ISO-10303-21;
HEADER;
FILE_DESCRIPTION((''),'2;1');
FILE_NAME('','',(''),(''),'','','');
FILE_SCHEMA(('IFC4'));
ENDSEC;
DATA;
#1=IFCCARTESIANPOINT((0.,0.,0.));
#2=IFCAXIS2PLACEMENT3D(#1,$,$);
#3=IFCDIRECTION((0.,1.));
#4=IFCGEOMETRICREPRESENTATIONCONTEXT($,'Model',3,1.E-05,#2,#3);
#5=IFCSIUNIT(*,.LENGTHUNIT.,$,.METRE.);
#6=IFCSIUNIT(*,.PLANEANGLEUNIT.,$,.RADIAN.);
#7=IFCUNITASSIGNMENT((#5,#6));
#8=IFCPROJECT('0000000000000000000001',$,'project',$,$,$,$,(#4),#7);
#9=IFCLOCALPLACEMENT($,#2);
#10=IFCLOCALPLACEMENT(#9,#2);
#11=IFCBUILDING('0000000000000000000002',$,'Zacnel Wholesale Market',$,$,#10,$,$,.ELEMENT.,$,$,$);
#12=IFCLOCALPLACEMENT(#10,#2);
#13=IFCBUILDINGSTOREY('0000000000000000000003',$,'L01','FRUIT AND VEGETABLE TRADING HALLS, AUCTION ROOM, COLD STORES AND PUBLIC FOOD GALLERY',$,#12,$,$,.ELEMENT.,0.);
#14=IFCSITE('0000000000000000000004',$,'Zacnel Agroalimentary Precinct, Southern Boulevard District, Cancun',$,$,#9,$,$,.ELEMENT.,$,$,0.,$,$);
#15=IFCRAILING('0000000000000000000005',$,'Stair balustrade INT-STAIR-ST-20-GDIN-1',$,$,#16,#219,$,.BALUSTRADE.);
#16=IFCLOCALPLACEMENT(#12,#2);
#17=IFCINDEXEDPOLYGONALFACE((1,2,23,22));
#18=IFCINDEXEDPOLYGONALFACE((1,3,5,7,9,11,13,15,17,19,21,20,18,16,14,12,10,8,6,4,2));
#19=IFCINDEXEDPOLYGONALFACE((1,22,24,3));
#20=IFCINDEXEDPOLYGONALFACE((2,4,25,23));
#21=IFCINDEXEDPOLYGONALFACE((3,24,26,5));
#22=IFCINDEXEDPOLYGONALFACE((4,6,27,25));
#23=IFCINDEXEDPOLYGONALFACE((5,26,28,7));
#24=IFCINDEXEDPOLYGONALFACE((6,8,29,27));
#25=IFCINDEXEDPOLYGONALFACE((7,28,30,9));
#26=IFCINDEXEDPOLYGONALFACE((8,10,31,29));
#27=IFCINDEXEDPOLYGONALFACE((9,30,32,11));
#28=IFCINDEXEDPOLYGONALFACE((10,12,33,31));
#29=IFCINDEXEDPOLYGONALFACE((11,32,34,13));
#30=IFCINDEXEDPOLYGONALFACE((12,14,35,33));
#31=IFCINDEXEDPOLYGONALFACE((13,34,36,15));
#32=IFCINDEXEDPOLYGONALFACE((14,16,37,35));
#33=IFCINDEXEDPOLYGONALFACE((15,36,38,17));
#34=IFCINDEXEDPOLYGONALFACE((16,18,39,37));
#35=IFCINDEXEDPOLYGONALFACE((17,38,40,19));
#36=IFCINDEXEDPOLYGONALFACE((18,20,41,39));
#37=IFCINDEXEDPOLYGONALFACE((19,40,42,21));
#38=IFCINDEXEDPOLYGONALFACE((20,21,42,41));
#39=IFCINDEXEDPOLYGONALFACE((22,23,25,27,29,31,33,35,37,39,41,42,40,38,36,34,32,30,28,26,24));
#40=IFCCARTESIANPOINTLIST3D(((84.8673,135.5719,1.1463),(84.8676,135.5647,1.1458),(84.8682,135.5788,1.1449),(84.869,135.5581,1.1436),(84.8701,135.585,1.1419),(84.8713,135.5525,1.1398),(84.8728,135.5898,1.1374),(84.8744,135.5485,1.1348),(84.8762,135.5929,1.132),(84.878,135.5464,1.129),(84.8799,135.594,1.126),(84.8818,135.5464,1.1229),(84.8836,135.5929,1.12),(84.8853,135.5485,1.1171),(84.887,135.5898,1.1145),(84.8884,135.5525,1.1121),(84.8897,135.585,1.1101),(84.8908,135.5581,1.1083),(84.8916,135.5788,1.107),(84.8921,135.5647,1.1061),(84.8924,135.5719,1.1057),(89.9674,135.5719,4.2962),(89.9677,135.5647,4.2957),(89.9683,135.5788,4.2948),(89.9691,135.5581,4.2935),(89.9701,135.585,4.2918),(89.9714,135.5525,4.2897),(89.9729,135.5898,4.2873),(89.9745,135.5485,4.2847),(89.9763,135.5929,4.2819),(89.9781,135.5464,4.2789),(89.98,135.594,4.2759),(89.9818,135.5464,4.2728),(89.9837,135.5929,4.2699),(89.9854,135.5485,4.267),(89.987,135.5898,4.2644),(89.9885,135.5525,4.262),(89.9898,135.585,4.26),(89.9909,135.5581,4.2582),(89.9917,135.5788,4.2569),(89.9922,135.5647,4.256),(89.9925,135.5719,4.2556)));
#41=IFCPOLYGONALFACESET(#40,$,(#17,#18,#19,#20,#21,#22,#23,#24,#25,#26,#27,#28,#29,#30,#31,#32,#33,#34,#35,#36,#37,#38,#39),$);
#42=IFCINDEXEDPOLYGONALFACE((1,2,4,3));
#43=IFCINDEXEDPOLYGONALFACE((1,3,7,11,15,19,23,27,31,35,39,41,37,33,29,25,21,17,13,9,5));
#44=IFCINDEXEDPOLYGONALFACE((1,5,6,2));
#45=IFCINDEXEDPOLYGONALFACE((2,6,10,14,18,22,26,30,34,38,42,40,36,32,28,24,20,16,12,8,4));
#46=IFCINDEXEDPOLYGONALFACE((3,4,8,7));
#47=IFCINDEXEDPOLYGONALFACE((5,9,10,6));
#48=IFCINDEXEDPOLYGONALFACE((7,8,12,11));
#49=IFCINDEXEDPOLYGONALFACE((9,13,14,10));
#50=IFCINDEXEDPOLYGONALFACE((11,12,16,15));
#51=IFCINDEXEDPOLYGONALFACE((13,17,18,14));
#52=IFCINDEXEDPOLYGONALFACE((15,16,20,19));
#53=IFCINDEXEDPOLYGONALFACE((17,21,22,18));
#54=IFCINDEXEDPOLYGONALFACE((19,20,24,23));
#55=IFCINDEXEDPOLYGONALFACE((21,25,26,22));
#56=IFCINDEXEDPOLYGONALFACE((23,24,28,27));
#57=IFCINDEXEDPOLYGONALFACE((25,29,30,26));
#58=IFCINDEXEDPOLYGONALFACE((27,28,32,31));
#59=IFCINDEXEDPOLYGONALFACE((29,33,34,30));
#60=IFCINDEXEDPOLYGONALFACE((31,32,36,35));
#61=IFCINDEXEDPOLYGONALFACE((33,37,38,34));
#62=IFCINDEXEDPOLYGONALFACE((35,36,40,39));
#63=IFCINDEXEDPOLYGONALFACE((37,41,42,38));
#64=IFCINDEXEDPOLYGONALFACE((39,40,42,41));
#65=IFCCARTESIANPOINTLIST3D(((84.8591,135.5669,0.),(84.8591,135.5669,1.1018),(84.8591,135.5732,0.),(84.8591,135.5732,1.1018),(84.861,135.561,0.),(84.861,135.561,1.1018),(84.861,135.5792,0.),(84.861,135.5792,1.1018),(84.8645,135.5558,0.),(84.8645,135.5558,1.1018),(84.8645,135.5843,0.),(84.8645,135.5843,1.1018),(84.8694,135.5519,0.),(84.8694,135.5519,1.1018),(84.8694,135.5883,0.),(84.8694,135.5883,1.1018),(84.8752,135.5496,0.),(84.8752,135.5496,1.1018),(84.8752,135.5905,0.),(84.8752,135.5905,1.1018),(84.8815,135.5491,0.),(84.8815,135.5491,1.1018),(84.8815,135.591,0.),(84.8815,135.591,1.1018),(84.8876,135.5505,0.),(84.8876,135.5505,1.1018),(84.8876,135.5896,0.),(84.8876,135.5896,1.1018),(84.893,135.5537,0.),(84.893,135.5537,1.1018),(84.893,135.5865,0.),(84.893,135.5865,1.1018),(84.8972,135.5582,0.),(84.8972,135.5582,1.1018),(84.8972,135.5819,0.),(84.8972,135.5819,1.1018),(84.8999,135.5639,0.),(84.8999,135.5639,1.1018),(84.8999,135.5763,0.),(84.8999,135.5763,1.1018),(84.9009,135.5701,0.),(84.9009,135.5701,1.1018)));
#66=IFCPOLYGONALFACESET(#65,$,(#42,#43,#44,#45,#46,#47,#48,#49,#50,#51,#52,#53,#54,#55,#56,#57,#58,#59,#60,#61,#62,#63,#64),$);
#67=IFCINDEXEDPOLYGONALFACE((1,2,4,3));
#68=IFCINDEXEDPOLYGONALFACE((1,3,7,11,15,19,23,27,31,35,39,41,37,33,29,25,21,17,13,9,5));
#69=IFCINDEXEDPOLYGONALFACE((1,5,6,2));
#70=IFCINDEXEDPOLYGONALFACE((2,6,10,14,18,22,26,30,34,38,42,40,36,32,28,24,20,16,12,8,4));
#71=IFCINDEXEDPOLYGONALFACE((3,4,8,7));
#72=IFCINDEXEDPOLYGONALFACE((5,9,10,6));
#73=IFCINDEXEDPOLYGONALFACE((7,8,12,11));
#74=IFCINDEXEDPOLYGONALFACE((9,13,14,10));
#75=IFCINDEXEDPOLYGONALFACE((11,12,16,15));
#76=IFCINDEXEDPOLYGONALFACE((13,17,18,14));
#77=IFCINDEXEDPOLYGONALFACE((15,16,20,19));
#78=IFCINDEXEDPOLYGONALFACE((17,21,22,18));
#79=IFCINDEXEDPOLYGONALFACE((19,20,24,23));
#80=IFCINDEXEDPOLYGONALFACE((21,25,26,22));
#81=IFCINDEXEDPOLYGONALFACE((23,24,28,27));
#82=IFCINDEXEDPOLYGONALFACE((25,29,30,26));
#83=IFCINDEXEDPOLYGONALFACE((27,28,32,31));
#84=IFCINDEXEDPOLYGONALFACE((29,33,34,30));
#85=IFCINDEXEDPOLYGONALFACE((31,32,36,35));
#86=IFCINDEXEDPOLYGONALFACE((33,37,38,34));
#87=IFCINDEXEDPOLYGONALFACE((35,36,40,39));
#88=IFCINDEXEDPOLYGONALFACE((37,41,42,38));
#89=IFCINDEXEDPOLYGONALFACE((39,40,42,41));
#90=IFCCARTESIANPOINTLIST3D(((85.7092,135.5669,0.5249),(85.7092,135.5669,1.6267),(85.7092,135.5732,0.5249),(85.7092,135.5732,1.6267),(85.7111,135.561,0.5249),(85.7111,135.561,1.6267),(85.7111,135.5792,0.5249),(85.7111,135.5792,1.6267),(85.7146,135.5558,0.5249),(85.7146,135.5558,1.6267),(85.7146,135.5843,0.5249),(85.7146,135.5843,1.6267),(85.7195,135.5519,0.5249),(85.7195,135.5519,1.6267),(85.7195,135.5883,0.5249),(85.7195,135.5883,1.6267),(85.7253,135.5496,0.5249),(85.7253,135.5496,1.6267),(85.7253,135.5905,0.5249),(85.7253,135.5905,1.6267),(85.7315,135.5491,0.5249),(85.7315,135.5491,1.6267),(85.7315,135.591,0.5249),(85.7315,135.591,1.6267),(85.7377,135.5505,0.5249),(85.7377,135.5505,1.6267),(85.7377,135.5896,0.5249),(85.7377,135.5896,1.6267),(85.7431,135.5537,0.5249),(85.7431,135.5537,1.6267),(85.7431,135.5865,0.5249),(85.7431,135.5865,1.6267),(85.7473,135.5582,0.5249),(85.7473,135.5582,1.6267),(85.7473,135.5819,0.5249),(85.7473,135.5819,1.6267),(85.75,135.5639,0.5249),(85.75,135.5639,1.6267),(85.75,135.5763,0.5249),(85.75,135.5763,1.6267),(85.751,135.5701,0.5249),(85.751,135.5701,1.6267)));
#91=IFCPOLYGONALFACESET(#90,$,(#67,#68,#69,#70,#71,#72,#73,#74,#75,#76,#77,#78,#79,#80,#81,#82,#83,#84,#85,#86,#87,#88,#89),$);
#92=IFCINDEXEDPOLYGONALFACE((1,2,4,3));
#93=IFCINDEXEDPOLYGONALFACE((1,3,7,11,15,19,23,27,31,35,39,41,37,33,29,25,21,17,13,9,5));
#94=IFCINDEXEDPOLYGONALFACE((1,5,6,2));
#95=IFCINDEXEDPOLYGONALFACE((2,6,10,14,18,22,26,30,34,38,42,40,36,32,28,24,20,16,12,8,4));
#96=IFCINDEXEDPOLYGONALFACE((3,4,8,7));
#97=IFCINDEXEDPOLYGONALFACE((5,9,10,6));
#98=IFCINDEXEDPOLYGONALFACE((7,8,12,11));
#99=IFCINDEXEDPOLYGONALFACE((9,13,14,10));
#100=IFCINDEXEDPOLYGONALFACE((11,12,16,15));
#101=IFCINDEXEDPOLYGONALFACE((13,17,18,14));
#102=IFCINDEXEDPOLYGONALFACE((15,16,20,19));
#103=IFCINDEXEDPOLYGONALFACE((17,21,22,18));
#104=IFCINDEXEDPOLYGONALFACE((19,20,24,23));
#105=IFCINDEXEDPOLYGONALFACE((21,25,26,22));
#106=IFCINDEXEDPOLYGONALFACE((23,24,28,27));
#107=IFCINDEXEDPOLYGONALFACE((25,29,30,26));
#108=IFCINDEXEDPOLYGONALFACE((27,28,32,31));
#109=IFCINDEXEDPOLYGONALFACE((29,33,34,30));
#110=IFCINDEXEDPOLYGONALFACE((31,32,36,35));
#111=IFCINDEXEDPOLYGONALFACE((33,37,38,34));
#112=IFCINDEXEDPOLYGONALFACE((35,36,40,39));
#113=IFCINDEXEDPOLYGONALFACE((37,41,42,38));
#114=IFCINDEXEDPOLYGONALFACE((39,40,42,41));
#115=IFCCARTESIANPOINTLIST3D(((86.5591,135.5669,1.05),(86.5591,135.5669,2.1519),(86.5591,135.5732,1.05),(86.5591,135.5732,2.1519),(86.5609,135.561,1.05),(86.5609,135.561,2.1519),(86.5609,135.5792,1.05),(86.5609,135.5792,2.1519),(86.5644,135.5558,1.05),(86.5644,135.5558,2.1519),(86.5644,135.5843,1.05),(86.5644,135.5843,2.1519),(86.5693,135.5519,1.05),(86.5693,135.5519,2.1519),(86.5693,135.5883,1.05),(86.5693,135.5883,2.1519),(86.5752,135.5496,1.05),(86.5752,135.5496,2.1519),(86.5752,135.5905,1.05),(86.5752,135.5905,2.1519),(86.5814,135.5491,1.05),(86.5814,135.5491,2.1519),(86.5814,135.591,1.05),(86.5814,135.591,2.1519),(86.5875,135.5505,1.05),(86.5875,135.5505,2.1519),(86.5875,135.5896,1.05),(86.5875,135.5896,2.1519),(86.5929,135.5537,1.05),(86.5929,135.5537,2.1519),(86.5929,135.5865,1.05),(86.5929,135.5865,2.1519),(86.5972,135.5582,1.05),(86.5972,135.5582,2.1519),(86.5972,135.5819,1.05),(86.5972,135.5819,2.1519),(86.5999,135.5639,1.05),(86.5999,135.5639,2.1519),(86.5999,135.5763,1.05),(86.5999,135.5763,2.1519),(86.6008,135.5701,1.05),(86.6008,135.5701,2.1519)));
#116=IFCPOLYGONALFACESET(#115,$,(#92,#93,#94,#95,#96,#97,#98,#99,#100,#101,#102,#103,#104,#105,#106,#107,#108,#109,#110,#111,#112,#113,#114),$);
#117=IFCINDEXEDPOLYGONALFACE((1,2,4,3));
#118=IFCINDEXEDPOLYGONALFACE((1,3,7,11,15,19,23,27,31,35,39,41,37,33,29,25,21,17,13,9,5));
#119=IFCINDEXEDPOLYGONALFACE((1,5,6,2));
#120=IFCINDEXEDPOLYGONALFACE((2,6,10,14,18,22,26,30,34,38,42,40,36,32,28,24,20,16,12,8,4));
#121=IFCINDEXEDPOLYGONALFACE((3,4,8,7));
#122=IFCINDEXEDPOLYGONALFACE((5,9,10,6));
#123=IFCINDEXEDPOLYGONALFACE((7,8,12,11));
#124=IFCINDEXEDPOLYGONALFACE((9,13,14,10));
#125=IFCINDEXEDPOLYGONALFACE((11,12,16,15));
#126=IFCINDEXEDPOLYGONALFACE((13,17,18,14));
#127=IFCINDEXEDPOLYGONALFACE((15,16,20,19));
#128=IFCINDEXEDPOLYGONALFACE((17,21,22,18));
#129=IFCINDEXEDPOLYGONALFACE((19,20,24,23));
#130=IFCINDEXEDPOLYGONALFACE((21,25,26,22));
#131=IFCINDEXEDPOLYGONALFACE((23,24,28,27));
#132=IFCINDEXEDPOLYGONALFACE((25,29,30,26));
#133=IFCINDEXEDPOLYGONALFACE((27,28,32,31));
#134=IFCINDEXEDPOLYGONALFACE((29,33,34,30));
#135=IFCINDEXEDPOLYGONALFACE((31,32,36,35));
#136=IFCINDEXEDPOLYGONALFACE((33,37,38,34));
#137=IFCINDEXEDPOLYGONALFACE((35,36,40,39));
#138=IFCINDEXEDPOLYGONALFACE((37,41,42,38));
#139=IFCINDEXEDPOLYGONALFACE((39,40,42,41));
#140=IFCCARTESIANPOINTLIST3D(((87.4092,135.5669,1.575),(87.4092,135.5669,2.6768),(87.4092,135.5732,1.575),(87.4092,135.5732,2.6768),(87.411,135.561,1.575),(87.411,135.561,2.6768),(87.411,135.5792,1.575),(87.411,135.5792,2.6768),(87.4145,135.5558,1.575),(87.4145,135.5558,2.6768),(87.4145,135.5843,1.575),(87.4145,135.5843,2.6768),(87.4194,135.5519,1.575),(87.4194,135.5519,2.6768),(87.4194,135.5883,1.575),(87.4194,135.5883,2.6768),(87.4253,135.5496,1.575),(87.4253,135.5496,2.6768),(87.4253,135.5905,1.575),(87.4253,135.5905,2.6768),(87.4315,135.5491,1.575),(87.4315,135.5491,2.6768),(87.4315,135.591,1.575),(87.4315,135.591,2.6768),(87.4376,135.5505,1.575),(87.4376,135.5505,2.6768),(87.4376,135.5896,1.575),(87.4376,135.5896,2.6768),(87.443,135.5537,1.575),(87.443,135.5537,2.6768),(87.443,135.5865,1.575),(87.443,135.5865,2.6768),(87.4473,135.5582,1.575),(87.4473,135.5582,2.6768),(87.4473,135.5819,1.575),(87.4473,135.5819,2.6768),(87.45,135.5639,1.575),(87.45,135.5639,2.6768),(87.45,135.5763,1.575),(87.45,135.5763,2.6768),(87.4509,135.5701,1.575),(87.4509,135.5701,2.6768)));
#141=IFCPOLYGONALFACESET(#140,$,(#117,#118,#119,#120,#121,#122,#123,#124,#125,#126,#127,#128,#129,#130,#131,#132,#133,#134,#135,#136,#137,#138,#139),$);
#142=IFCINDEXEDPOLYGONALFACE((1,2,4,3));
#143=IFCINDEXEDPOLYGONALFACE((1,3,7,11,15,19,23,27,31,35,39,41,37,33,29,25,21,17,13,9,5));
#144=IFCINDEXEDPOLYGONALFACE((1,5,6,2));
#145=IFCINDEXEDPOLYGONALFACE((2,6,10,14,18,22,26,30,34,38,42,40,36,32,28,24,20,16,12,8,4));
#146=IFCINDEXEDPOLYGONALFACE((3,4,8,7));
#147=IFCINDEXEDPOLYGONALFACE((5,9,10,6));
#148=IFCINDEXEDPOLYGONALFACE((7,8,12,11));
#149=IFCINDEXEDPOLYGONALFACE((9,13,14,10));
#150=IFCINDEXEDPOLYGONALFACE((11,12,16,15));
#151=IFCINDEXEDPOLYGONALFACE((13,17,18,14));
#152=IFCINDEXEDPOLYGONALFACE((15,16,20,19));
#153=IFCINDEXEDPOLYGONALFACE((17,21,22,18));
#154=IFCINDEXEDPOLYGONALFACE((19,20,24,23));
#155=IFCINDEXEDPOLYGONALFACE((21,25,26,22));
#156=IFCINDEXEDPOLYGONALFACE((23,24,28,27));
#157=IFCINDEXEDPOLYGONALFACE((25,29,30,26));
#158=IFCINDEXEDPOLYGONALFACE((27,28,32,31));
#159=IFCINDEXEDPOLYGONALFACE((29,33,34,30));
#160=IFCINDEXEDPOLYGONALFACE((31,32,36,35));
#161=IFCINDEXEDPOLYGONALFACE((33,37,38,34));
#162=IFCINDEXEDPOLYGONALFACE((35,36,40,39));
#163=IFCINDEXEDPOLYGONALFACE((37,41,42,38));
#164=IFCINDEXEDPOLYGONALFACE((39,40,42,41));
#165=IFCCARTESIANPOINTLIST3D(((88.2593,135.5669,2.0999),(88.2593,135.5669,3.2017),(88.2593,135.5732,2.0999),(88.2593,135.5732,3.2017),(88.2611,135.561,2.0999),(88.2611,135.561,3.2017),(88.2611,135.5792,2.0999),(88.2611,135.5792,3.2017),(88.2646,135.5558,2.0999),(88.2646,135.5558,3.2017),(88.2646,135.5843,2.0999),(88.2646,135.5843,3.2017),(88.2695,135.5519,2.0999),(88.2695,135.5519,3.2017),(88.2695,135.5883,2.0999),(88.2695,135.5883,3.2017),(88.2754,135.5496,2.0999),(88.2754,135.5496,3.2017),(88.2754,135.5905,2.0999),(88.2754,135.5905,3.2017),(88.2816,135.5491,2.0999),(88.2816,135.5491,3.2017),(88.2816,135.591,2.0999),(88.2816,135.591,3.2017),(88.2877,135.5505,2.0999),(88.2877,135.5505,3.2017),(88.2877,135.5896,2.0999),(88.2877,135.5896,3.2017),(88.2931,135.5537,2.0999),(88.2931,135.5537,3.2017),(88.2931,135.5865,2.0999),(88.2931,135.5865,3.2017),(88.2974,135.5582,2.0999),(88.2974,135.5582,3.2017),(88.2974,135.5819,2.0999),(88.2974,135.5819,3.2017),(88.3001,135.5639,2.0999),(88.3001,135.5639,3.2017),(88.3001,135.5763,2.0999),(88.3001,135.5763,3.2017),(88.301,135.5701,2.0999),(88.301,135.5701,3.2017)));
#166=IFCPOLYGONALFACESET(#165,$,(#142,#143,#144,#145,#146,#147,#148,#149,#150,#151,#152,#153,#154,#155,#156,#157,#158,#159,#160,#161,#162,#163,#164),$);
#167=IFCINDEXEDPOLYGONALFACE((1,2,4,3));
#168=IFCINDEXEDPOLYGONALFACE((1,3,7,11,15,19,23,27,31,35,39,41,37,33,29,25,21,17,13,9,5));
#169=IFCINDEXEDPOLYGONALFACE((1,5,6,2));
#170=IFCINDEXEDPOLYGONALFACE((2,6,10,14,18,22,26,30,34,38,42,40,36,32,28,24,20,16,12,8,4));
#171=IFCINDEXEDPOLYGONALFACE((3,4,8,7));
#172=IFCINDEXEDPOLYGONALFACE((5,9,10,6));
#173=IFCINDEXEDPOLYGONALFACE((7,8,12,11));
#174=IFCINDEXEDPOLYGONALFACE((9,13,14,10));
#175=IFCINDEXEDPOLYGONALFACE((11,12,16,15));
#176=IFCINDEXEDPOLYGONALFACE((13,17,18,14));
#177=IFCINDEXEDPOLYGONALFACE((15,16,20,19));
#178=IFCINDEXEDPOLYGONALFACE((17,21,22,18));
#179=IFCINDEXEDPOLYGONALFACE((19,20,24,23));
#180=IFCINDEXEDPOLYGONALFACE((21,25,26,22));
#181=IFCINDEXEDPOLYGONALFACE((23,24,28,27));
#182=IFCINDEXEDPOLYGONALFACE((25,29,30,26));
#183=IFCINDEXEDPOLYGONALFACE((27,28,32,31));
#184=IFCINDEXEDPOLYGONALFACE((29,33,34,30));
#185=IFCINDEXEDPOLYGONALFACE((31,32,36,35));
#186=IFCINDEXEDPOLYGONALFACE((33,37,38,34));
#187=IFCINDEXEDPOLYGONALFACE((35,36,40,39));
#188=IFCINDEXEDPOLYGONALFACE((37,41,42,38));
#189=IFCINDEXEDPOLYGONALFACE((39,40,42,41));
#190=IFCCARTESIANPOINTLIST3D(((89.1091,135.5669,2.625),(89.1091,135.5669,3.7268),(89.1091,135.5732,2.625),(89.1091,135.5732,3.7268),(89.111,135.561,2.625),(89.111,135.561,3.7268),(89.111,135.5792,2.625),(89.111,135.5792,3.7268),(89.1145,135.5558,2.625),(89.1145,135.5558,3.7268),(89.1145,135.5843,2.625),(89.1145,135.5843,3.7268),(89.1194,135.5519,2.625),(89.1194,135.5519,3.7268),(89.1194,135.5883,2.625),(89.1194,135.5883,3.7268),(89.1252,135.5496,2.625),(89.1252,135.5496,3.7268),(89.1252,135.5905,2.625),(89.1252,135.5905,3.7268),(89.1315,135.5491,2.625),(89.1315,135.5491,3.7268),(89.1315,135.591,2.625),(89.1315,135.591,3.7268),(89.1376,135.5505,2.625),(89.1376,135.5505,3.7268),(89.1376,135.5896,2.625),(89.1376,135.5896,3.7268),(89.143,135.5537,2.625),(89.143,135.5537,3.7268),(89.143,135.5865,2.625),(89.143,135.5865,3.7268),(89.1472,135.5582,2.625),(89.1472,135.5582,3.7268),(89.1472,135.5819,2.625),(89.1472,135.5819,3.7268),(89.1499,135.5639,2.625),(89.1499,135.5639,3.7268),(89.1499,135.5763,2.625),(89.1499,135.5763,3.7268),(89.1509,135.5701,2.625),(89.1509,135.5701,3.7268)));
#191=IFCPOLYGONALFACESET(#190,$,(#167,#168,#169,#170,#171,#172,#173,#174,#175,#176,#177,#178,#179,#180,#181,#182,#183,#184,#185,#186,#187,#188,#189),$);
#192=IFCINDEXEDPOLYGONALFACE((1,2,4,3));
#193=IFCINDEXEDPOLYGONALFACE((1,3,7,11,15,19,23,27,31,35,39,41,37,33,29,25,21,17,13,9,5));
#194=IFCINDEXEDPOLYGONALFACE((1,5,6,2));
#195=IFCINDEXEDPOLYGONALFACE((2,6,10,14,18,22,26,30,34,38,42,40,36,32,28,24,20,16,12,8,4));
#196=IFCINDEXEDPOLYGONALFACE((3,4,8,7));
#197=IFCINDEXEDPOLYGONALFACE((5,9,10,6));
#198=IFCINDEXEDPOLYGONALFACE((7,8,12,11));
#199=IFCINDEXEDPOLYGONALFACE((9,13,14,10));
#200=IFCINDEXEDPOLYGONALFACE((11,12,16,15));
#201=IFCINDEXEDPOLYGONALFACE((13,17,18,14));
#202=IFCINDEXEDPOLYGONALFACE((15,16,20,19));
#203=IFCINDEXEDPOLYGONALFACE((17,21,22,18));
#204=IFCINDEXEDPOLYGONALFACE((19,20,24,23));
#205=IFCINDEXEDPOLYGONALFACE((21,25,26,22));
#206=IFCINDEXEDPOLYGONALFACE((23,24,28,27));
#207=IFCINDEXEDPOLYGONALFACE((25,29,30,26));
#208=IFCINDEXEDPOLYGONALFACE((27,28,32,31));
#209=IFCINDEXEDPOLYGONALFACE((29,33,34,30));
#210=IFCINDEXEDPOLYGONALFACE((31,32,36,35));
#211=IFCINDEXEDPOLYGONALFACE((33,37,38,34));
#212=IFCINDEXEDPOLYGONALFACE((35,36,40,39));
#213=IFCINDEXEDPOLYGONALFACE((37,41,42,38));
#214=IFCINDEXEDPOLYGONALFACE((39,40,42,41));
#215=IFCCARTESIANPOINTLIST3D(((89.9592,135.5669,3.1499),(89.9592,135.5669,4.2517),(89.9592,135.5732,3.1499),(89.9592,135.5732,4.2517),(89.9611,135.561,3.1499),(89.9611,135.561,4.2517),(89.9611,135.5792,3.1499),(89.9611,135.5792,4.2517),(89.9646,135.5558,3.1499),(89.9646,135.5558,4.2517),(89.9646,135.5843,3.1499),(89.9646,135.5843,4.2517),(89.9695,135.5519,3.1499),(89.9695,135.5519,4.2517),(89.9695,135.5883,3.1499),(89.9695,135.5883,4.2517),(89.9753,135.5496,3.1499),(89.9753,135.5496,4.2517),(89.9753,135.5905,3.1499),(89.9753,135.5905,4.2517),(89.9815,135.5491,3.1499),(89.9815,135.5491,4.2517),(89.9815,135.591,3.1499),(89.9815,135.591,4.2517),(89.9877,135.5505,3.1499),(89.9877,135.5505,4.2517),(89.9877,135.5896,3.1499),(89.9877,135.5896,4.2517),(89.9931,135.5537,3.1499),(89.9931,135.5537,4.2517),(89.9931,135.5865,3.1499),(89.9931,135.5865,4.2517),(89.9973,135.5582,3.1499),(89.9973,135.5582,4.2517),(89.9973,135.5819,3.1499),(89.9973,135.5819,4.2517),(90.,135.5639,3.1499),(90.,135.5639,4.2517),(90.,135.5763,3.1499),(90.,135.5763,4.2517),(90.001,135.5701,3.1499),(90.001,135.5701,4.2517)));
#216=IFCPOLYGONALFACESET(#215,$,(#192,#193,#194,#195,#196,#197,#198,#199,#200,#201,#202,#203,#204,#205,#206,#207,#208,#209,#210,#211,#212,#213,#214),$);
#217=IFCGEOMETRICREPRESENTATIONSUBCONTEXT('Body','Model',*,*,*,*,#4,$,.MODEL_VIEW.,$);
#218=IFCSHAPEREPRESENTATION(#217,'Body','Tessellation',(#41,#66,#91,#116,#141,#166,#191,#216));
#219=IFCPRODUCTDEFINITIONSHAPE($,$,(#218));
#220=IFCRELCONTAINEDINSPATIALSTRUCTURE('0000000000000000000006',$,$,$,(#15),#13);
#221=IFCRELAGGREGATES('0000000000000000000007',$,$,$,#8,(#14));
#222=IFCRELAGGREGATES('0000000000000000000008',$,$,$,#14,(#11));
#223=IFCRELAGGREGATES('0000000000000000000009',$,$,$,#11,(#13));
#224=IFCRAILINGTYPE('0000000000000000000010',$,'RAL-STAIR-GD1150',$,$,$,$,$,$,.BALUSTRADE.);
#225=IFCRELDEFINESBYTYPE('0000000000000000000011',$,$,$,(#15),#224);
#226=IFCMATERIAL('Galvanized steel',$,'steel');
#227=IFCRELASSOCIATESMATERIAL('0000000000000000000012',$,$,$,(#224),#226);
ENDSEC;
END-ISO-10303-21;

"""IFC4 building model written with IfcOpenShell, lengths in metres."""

from ifc_helpers import new_model, si_unit, direction, frame, origin, origin_2d, place, context, subcontext, project, spatial, circle, extrude, material, type_object, element, save


model = new_model("IFC4")

# Units and contexts
model_context = context("Model", 3, precision=1e-05, world=origin(), true_north=direction((0.0, 1.0)))
body_context = subcontext(model_context, "Body", "Model", "MODEL_VIEW")
ifc_project = project(units=[si_unit("LENGTHUNIT", "METRE"), si_unit("PLANEANGLEUNIT", "RADIAN")], contexts=[model_context])

# Site, building, storey
site_placement = place(None, origin())
site = spatial("IfcSite", under=ifc_project, at=site_placement, Name="Zacnel Agroalimentary Precinct, Southern Boulevard District, Cancun", CompositionType="ELEMENT", RefElevation=0.0)
building_placement = place(site_placement, origin())
building = spatial("IfcBuilding", under=site, at=building_placement, Name="Zacnel Wholesale Market", CompositionType="ELEMENT")
storey_placement = place(building_placement, origin())
storey = spatial("IfcBuildingStorey", under=building, at=storey_placement, Name="L01", Description="FRUIT AND VEGETABLE TRADING HALLS, AUCTION ROOM, COLD STORES AND PUBLIC FOOD GALLERY", CompositionType="ELEMENT", Elevation=0.0)

# Railing
ifc_material_1 = material(Name="Galvanized steel", Category="steel")
railing_type_1 = type_object("IfcRailingType", Name="RAL-STAIR-GD1150", PredefinedType="BALUSTRADE", material=ifc_material_1)
railing_1_placement = place(storey_placement, frame((84.8799, 135.5701, 0.0)))
element("IfcRailing", 1, at=railing_1_placement, inside=storey, type_object=railing_type_1, Name="Stair balustrade INT-STAIR-ST-20-GDIN-1", PredefinedType="BALUSTRADE", context=body_context, shape_type="SweptSolid", body=[
    extrude(circle(Radius=0.0239, at=origin_2d()), frame((0.0, 0.0, 1.126), z_axis=(0.85081, 0.0, 0.525474), x_axis=(0.0, 1.0, 0.0)), (0.0, 0.0, 1.0), 5.9944),
    extrude(circle(Radius=0.021, at=origin_2d()), origin(), (0.0, 0.0, 1.0), 1.1018),
    extrude(circle(Radius=0.021, at=origin_2d()), frame((0.8501, 0.0, 0.5249)), (0.0, 0.0, 1.0), 1.1018),
    extrude(circle(Radius=0.021, at=origin_2d()), frame((1.7, 0.0, 1.05)), (0.0, 0.0, 1.0), 1.1018),
    extrude(circle(Radius=0.021, at=origin_2d()), frame((2.55, 0.0, 1.575)), (0.0, 0.0, 1.0), 1.1018),
    extrude(circle(Radius=0.021, at=origin_2d()), frame((3.4001, 0.0, 2.0999)), (0.0, 0.0, 1.0), 1.1018),
    extrude(circle(Radius=0.021, at=origin_2d()), frame((4.25, 0.0, 2.625)), (0.0, 0.0, 1.0), 1.1018),
    extrude(circle(Radius=0.021, at=origin_2d()), frame((5.1001, 0.0, 3.1499)), (0.0, 0.0, 1.0), 1.1018),
])

save(model, "model.ifc")
